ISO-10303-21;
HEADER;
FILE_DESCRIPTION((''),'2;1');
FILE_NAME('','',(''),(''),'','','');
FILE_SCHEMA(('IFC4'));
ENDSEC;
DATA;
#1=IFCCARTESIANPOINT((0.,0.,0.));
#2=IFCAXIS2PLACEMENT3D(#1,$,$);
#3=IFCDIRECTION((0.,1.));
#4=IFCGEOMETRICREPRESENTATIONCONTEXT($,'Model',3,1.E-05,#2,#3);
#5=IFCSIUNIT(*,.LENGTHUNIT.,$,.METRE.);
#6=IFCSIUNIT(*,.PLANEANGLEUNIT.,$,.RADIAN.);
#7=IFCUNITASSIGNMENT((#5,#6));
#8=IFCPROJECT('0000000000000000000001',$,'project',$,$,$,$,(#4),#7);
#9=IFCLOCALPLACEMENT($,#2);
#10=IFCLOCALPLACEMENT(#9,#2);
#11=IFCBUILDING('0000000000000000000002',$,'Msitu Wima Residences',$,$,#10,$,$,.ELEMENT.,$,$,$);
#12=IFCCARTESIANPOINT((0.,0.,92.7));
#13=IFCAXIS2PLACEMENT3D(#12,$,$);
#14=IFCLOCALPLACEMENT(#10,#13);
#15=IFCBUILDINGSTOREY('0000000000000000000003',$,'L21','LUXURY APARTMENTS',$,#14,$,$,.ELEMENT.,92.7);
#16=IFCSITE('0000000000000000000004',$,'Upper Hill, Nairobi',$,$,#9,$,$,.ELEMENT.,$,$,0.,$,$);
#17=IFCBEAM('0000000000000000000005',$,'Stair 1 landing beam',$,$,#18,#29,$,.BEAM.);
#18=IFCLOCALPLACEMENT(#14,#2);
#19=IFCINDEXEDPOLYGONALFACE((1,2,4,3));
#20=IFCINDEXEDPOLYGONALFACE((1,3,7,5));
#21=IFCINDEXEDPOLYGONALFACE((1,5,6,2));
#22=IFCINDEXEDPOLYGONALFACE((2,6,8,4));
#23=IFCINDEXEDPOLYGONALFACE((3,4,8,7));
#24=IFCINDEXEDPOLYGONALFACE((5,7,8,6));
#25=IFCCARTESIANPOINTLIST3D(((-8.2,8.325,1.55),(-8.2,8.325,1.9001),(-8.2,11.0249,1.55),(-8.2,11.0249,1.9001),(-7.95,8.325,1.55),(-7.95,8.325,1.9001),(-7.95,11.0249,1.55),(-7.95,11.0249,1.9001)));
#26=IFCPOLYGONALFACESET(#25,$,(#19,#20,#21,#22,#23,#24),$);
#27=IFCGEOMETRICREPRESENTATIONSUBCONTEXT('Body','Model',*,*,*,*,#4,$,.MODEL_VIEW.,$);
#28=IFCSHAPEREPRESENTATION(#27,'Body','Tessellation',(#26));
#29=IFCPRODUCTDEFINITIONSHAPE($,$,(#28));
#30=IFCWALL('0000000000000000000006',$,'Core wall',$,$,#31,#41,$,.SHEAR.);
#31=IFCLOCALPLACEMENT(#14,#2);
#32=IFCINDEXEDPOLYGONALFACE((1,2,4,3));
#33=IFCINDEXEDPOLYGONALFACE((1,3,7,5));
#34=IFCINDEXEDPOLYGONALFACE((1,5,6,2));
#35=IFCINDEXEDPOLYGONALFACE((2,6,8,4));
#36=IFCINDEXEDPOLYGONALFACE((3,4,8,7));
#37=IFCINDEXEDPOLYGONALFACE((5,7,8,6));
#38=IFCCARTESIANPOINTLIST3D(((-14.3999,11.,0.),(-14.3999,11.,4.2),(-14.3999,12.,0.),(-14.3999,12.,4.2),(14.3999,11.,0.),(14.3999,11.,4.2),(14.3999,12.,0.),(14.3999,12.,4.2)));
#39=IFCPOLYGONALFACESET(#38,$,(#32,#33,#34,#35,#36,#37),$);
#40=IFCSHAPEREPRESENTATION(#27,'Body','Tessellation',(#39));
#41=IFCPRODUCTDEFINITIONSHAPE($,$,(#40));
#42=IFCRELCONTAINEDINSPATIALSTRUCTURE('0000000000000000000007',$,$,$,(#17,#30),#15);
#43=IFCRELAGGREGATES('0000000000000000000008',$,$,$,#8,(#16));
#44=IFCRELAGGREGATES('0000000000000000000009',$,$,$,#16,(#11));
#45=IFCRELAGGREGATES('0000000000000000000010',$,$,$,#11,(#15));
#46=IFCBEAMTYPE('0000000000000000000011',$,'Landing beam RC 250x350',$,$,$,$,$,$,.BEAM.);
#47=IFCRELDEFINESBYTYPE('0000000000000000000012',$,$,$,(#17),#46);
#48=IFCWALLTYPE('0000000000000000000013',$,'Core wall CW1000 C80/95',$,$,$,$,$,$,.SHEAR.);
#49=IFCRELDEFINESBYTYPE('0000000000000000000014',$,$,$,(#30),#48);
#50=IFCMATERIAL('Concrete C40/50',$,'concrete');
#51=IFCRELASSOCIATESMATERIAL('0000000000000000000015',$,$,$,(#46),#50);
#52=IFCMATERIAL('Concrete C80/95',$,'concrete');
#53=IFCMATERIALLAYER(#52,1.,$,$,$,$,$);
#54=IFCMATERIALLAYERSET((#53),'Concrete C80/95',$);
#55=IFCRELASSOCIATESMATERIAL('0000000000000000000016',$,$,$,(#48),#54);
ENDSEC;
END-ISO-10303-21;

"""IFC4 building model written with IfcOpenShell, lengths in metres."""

from ifc_helpers import new_model, si_unit, direction, frame, frame_2d, origin, origin_2d, place, context, subcontext, project, spatial, rectangle, extrude, material, layer, layer_set, material_profile, profile_set, type_object, element, save


model = new_model("IFC4")

# Units and contexts
model_context = context("Model", 3, precision=1e-05, world=origin(), true_north=direction((0.0, 1.0)))
body_context = subcontext(model_context, "Body", "Model", "MODEL_VIEW")
ifc_project = project(units=[si_unit("LENGTHUNIT", "METRE"), si_unit("PLANEANGLEUNIT", "RADIAN")], contexts=[model_context])

# Site, building, storey
site_placement = place(None, origin())
site = spatial("IfcSite", under=ifc_project, at=site_placement, Name="Upper Hill, Nairobi", CompositionType="ELEMENT", RefElevation=0.0)
building_placement = place(site_placement, origin())
building = spatial("IfcBuilding", under=site, at=building_placement, Name="Msitu Wima Residences", CompositionType="ELEMENT")
storey_placement = place(building_placement, frame((0.0, 0.0, 92.7)))
storey = spatial("IfcBuildingStorey", under=building, at=storey_placement, Name="L21", Description="LUXURY APARTMENTS", CompositionType="ELEMENT", Elevation=92.7)

# Beam
ifc_material_1 = material(Name="Concrete C40/50", Category="concrete")
ifc_material_profile = material_profile(ifc_material_1, rectangle(XDim=0.25, YDim=0.3501, at=origin_2d()), Name="RC 250x350")
ifc_profile_set = profile_set([ifc_material_profile], Name="Concrete C40/50")
beam_type = type_object("IfcBeamType", Name="Landing beam RC 250x350", PredefinedType="BEAM", material=ifc_profile_set)
beam_placement = place(storey_placement, frame((-8.075, 8.325, 1.7251), z_axis=(0.0, 1.0, 0.0), x_axis=(-1.0, 0.0, 0.0)))
element("IfcBeam", 1, at=beam_placement, inside=storey, type_object=beam_type, Name="Stair 1 landing beam", PredefinedType="BEAM", context=body_context, shape_type="SweptSolid", body=[
    extrude(rectangle(XDim=0.25, YDim=0.3501, at=origin_2d()), origin(), (0.0, 0.0, 1.0), 2.7),
])

# Wall
ifc_material_2 = material(Name="Concrete C80/95", Category="concrete")
ifc_layer_1 = layer(ifc_material_2, 1.0)
ifc_layer_set_1 = layer_set([ifc_layer_1], Name="Concrete C80/95")
wall_type_1 = type_object("IfcWallType", Name="Core wall CW1000 C80/95", PredefinedType="SHEAR", material=ifc_layer_set_1)
wall_1_placement = place(storey_placement, frame((-14.3999, 11.5, 0.0), z_axis=(0.0, 0.0, 1.0), x_axis=(1.0, 0.0, 0.0)))
element("IfcWall", 2, at=wall_1_placement, inside=storey, type_object=wall_type_1, Name="Core wall", PredefinedType="SHEAR", context=body_context, shape_type="SweptSolid", body=[
    extrude(rectangle(XDim=28.7998, YDim=1.0, at=frame_2d((14.3999, 0.0))), origin(), (0.0, 0.0, 1.0), 4.2),
])

save(model, "model.ifc")
